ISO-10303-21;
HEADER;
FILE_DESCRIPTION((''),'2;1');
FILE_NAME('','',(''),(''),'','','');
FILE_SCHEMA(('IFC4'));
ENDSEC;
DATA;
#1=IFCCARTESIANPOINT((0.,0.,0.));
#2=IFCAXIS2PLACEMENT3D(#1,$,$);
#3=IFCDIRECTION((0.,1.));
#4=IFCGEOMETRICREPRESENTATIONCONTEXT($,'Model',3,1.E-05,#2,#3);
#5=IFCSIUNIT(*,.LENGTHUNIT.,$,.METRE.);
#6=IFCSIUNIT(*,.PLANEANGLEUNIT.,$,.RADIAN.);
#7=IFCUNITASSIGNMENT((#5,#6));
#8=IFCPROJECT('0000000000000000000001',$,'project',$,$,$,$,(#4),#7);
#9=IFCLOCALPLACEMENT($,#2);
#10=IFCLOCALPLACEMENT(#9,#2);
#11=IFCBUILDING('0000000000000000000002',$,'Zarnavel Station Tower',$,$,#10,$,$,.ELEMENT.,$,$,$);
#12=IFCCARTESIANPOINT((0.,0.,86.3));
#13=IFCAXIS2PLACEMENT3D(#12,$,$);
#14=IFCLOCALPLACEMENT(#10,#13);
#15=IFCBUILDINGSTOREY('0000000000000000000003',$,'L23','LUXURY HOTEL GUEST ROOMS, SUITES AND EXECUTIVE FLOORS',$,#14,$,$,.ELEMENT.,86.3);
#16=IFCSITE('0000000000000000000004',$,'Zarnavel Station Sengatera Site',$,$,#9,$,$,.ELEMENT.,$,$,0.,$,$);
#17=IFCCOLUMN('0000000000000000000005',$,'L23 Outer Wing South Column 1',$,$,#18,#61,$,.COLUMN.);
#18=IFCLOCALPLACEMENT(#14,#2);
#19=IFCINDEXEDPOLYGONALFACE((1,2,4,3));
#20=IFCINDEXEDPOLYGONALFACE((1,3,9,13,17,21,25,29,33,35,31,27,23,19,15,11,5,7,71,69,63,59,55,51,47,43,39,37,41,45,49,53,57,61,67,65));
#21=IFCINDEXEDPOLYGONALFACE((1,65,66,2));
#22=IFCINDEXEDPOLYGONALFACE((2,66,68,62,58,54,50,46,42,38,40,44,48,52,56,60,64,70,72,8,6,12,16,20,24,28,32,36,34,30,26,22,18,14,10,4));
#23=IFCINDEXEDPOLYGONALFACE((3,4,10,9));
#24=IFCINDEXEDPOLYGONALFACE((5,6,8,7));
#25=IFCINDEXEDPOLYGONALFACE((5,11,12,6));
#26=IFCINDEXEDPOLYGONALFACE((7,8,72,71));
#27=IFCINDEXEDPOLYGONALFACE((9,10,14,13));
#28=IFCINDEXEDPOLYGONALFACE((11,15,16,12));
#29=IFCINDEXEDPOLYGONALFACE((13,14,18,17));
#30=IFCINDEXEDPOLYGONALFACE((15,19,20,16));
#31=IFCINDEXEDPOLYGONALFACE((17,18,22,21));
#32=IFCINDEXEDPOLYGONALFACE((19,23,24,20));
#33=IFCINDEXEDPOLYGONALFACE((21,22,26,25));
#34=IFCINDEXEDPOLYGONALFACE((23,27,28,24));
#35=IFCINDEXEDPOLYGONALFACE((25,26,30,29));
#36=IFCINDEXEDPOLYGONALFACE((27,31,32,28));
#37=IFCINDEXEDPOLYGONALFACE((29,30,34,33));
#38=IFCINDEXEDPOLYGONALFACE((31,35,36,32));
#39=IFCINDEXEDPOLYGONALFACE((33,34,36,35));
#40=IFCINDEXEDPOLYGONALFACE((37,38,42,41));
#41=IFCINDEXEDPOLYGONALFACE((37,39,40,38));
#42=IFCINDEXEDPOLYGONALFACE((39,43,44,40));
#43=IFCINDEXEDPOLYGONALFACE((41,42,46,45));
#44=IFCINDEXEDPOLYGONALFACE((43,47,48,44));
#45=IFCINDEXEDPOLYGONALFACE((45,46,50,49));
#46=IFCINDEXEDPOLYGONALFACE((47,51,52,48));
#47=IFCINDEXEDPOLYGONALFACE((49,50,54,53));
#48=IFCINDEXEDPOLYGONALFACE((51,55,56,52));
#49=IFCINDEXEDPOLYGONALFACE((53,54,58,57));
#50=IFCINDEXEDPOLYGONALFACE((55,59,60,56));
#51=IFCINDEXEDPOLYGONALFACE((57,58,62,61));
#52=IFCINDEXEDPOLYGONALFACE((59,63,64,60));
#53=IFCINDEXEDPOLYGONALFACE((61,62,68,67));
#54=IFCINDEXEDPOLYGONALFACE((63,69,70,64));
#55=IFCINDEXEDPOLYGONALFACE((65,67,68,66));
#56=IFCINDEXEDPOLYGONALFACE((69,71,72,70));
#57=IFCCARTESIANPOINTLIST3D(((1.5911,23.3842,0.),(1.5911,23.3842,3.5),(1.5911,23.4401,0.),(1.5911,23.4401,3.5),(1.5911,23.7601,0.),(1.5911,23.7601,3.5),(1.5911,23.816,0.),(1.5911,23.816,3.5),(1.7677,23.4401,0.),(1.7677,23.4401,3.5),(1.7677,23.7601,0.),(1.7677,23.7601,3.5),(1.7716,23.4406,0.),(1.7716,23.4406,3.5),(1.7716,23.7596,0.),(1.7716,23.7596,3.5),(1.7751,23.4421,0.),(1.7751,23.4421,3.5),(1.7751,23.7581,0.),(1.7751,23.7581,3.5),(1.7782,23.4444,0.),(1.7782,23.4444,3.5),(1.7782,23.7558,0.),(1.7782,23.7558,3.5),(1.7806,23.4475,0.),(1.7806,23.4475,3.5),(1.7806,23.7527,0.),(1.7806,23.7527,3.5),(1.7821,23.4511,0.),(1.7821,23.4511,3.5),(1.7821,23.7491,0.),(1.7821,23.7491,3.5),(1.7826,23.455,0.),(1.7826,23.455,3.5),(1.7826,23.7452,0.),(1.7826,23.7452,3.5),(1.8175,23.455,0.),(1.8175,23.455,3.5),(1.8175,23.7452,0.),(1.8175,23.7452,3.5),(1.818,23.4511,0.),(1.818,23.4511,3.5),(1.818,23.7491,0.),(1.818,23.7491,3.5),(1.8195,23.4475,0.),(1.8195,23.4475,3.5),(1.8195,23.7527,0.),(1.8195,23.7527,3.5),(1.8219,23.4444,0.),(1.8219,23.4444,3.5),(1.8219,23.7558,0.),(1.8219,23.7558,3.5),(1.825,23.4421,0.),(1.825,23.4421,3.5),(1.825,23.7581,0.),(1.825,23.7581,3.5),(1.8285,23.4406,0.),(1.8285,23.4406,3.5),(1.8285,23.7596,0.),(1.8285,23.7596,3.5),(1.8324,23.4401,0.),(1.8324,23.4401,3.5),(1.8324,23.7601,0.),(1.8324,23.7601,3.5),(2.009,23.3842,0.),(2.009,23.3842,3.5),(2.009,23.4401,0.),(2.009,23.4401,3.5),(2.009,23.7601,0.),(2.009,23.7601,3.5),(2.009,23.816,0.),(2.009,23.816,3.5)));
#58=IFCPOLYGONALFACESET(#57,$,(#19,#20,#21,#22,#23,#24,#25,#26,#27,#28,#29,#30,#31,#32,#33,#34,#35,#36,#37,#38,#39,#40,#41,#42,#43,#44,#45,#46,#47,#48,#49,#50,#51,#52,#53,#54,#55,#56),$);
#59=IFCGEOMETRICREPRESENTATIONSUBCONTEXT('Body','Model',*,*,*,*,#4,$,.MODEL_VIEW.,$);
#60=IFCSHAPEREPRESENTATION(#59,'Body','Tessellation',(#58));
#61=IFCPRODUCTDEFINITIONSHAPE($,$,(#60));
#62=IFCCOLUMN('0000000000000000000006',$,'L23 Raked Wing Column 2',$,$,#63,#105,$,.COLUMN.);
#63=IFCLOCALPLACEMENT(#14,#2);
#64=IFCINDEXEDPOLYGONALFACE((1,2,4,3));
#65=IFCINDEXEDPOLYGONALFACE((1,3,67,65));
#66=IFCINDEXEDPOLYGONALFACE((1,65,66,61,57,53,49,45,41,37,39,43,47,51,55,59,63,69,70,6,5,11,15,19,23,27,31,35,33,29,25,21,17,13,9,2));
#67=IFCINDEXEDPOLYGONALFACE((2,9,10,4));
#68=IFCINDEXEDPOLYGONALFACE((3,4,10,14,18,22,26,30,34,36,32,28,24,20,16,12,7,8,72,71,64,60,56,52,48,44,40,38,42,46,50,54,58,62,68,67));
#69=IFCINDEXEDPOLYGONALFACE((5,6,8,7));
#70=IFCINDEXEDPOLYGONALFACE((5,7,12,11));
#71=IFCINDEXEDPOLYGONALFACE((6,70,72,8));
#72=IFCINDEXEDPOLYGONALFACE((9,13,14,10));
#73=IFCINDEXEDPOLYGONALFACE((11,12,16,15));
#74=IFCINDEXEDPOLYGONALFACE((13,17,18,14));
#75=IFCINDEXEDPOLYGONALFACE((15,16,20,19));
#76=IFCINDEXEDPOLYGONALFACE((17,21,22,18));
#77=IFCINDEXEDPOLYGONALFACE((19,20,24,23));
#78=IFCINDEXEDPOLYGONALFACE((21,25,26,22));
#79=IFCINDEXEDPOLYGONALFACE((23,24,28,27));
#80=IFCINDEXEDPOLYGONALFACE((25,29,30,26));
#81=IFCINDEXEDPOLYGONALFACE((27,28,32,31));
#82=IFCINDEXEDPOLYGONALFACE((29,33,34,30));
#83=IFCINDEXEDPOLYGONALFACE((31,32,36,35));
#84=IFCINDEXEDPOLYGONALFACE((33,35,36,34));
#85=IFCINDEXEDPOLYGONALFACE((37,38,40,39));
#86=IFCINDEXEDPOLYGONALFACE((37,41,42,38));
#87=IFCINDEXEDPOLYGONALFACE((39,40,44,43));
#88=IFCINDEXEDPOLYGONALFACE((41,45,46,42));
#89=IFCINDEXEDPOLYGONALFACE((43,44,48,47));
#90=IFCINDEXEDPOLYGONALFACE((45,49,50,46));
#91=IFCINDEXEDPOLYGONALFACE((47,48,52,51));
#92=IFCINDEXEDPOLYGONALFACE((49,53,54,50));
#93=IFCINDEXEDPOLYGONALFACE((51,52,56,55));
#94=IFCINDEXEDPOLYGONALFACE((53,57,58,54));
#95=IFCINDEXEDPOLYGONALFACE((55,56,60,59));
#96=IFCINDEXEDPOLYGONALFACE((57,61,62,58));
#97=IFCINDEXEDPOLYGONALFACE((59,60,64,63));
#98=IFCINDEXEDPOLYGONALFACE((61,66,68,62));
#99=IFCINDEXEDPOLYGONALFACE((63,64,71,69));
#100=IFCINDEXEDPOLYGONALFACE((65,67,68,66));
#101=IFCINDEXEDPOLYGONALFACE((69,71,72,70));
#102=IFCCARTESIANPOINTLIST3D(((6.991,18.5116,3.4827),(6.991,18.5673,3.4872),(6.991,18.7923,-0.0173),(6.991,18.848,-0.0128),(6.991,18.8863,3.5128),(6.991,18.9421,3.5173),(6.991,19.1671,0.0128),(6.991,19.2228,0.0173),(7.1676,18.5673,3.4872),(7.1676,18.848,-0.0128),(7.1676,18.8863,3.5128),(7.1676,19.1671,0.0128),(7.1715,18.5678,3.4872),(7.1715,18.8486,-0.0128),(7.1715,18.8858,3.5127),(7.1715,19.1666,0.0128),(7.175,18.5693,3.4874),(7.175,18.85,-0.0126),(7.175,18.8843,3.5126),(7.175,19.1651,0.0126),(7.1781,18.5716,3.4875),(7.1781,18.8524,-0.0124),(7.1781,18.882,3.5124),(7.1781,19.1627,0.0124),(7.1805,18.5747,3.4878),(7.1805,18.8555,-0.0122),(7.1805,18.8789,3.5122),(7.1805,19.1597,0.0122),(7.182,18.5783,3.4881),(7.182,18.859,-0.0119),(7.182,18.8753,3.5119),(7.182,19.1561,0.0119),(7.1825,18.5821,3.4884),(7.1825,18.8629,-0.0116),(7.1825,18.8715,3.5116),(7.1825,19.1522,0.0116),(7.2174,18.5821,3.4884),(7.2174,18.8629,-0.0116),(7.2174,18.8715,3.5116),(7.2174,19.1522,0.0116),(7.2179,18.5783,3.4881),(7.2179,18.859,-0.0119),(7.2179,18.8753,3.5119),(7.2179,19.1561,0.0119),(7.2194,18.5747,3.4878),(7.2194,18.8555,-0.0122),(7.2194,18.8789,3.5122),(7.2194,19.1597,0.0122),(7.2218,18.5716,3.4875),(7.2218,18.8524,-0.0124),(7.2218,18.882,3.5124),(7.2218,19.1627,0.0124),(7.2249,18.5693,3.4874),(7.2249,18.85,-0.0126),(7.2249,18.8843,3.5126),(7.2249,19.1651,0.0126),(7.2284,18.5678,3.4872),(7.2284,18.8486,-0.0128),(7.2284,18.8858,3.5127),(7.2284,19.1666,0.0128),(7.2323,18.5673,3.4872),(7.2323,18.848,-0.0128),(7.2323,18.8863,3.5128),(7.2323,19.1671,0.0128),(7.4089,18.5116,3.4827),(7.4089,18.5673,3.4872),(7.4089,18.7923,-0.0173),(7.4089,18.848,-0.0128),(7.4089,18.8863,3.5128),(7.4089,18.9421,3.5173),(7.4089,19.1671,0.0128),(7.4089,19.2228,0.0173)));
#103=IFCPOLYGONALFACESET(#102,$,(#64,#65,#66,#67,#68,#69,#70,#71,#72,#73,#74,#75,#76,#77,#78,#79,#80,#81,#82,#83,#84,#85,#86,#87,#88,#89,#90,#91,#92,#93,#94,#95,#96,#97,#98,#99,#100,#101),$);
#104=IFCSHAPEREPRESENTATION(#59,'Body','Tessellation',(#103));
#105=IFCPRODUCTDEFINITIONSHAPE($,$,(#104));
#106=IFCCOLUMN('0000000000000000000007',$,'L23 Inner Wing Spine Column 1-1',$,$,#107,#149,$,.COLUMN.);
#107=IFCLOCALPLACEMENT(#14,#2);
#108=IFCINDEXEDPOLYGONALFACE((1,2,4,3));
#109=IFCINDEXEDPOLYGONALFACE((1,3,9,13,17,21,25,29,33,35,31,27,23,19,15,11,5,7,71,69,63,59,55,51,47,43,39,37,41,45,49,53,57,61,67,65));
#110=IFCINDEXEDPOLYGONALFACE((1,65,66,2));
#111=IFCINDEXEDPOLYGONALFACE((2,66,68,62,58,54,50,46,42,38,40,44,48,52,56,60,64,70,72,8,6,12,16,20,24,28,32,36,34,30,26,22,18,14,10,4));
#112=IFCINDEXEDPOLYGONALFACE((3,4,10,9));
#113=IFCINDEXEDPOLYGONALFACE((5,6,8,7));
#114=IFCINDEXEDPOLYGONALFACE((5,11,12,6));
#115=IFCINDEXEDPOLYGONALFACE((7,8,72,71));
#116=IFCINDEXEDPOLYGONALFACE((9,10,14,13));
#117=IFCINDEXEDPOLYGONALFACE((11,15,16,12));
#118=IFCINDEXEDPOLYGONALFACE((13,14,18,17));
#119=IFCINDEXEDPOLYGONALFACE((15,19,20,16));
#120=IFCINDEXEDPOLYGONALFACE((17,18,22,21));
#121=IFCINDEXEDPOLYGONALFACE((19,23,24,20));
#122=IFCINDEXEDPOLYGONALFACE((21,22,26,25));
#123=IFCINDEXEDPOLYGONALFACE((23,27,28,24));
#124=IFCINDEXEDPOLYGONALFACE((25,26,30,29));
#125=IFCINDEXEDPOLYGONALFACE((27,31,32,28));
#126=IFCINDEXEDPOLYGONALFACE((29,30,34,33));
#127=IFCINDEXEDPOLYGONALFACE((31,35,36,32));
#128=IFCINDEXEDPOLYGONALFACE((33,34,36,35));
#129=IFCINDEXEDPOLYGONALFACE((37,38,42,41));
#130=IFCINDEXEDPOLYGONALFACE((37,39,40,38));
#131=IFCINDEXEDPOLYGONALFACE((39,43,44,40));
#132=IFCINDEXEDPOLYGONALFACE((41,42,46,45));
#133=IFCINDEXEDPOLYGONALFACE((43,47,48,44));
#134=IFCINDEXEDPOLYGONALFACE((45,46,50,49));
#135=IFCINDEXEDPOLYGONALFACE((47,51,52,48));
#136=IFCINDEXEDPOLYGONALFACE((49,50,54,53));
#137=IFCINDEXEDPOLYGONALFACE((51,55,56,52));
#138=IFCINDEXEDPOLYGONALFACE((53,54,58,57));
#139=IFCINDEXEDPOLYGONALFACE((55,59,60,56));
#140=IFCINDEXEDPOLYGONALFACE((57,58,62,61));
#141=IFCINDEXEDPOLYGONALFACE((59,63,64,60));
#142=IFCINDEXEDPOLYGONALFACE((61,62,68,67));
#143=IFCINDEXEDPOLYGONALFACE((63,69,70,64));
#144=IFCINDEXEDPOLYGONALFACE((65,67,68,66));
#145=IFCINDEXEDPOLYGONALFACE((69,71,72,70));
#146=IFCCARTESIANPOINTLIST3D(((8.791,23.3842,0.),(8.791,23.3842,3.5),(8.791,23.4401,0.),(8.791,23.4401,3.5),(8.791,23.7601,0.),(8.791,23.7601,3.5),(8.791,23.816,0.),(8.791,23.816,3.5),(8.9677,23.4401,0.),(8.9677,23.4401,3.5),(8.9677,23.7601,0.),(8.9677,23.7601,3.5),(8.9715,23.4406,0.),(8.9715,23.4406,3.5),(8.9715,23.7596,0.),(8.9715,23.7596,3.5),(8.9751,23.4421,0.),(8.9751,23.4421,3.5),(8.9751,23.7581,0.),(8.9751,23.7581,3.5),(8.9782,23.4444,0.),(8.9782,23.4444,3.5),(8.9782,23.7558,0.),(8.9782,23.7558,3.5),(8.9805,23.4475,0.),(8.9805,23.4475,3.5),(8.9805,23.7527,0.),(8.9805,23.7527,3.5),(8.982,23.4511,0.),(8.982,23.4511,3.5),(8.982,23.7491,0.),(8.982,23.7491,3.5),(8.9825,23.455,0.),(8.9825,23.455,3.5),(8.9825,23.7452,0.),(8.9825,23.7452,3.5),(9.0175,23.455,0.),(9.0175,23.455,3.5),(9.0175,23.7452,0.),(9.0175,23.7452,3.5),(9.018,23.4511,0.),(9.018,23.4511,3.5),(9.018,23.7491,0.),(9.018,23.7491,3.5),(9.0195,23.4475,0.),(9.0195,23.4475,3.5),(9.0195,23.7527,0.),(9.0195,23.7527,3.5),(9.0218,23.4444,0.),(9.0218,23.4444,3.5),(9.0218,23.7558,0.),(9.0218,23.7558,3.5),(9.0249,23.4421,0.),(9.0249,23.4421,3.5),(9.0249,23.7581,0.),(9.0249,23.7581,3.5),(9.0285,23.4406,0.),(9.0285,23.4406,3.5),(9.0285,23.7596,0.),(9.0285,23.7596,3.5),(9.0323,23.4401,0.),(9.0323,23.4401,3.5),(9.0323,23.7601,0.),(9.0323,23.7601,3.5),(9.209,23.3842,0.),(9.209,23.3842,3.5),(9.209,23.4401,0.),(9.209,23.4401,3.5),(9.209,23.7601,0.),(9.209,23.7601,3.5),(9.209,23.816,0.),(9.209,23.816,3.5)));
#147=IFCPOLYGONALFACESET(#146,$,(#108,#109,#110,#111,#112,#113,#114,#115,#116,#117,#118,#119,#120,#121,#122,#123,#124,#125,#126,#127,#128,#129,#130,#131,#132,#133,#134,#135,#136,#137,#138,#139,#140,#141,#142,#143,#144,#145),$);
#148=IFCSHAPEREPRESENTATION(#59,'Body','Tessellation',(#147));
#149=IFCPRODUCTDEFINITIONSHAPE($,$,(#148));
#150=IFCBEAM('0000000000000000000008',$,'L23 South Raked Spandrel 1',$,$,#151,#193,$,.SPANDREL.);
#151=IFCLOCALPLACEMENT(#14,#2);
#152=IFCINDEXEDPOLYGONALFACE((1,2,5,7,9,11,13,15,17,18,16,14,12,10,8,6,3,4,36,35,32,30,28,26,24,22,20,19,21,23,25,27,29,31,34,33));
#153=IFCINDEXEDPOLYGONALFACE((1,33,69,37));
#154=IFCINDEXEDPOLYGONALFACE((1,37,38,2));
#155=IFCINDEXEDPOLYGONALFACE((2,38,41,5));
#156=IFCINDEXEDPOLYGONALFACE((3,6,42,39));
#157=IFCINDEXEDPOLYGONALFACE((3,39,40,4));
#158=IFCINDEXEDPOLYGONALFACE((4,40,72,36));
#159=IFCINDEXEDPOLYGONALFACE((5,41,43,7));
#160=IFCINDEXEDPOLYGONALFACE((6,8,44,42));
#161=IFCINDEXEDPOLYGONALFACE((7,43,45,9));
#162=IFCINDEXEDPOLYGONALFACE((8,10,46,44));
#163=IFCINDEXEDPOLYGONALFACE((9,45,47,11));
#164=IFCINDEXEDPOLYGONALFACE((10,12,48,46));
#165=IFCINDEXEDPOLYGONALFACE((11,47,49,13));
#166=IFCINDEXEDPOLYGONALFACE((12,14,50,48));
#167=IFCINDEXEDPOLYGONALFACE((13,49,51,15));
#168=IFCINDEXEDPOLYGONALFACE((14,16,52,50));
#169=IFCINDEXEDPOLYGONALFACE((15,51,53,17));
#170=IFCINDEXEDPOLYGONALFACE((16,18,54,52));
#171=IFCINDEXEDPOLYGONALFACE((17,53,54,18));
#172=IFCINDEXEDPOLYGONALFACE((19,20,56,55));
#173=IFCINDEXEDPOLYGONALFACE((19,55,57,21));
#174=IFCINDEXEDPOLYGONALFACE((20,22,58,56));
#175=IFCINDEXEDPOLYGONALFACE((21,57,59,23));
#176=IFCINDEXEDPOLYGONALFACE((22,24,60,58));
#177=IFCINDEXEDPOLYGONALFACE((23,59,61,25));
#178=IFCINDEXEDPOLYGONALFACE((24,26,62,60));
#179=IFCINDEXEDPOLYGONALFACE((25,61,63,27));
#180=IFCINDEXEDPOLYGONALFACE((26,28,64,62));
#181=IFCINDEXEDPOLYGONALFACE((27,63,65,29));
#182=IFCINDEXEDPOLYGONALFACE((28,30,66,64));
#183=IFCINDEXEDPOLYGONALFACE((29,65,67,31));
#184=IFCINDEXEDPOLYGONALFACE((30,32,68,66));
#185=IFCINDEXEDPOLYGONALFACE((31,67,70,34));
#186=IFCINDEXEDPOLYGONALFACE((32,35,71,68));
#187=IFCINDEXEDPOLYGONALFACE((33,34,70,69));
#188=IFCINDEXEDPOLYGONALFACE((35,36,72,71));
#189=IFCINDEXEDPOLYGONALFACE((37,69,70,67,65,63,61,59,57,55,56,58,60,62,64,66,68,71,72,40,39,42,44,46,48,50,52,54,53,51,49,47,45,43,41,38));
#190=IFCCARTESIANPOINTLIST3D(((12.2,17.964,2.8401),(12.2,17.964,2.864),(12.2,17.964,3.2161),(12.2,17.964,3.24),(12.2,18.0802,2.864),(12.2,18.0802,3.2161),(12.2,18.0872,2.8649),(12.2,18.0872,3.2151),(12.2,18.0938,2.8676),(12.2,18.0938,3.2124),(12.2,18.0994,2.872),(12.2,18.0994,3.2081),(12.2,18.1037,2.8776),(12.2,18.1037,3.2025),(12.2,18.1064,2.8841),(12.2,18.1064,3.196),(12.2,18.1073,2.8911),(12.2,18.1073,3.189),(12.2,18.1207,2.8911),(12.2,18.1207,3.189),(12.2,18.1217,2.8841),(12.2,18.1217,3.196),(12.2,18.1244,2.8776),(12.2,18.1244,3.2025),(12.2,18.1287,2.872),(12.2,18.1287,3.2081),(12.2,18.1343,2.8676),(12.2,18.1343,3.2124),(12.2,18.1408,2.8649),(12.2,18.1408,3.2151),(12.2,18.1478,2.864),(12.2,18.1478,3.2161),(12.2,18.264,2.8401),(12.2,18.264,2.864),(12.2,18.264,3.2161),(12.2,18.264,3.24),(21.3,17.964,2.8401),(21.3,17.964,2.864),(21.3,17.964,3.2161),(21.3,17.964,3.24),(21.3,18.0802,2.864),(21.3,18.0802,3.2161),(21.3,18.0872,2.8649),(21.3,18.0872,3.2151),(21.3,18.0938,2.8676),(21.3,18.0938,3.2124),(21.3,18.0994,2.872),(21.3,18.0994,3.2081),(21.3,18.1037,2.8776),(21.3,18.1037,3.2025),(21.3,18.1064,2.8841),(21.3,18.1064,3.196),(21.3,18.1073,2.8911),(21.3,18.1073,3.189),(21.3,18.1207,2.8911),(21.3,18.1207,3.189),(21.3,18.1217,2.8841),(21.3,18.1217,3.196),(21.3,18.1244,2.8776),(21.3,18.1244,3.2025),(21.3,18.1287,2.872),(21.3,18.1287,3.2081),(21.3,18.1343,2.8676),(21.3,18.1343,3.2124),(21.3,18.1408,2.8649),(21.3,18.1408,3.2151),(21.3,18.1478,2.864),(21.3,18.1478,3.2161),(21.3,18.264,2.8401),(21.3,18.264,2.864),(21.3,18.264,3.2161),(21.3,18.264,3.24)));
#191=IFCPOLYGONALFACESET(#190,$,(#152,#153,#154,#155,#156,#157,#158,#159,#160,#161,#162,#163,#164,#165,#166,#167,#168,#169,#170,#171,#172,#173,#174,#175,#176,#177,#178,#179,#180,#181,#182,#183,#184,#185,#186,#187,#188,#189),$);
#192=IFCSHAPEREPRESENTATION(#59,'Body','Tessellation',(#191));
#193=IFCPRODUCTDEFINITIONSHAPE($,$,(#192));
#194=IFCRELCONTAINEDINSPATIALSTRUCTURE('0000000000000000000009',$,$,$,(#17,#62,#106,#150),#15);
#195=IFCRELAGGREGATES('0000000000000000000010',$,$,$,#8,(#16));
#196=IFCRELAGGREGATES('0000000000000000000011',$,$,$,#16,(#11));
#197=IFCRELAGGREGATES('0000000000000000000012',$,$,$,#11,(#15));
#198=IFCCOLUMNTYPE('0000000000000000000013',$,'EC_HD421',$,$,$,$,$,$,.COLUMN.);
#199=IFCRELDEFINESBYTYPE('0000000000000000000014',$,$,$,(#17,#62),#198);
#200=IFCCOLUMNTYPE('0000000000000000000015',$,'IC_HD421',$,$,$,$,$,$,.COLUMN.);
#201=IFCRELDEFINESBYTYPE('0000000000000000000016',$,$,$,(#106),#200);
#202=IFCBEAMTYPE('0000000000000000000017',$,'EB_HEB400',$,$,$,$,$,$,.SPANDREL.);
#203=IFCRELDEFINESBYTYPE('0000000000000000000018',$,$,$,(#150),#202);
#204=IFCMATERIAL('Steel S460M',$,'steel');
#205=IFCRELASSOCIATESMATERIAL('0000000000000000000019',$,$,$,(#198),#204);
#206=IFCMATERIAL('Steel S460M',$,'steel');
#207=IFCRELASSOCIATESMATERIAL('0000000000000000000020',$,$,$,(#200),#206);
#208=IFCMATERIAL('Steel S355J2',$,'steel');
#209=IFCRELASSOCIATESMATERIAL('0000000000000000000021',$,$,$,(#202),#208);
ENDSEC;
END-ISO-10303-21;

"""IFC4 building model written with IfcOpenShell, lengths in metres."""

from ifc_helpers import new_model, si_unit, direction, frame, origin, origin_2d, place, context, subcontext, project, spatial, i_section, extrude, material, material_profile, profile_set, type_object, element, save


model = new_model("IFC4")

# Units and contexts
model_context = context("Model", 3, precision=1e-05, world=origin(), true_north=direction((0.0, 1.0)))
body_context = subcontext(model_context, "Body", "Model", "MODEL_VIEW")
ifc_project = project(units=[si_unit("LENGTHUNIT", "METRE"), si_unit("PLANEANGLEUNIT", "RADIAN")], contexts=[model_context])

# Site, building, storey
site_placement = place(None, origin())
site = spatial("IfcSite", under=ifc_project, at=site_placement, Name="Zarnavel Station Sengatera Site", CompositionType="ELEMENT", RefElevation=0.0)
building_placement = place(site_placement, origin())
building = spatial("IfcBuilding", under=site, at=building_placement, Name="Zarnavel Station Tower", CompositionType="ELEMENT")
storey_placement = place(building_placement, frame((0.0, 0.0, 86.3)))
storey = spatial("IfcBuildingStorey", under=building, at=storey_placement, Name="L23", Description="LUXURY HOTEL GUEST ROOMS, SUITES AND EXECUTIVE FLOORS", CompositionType="ELEMENT", Elevation=86.3)

# Columns
ifc_material_1 = material(Name="Steel S460M", Category="steel")
ifc_material_profile_1 = material_profile(ifc_material_1, i_section(OverallWidth=0.418, OverallDepth=0.4319, WebThickness=0.0349, FlangeThickness=0.0559, FilletRadius=0.0149, at=origin_2d()), Name="HD400x421")
ifc_profile_set_1 = profile_set([ifc_material_profile_1], Name="Steel S460M")
column_type_1 = type_object("IfcColumnType", Name="EC_HD421", PredefinedType="COLUMN", material=ifc_profile_set_1)
column_1_placement = place(storey_placement, frame((1.8, 23.6001, 0.0), z_axis=(0.0, 0.0, 1.0), x_axis=(1.0, 0.0, 0.0)))
element("IfcColumn", 1, at=column_1_placement, inside=storey, type_object=column_type_1, Name="L23 Outer Wing South Column 1", PredefinedType="COLUMN", context=body_context, shape_type="SweptSolid", body=[
    extrude(i_section(OverallWidth=0.418, OverallDepth=0.4319, WebThickness=0.0349, FlangeThickness=0.0559, FilletRadius=0.0149, at=origin_2d()), origin(), (0.0, 0.0, 1.0), 3.5),
])
column_2_placement = place(storey_placement, frame((7.2, 19.0076, 0.0), z_axis=(0.0, -0.079961, 0.996798), x_axis=(1.0, 0.0, 0.0)))
element("IfcColumn", 2, at=column_2_placement, inside=storey, type_object=column_type_1, Name="L23 Raked Wing Column 2", PredefinedType="COLUMN", context=body_context, shape_type="SweptSolid", body=[
    extrude(i_section(OverallWidth=0.418, OverallDepth=0.4319, WebThickness=0.0349, FlangeThickness=0.0559, FilletRadius=0.0149, at=origin_2d()), origin(), (0.0, 0.0, 1.0), 3.5112),
])
ifc_material_2 = material(Name="Steel S460M", Category="steel")
ifc_material_profile_2 = material_profile(ifc_material_2, i_section(OverallWidth=0.418, OverallDepth=0.4319, WebThickness=0.0349, FlangeThickness=0.0559, FilletRadius=0.0149, at=origin_2d()), Name="HD400x421")
ifc_profile_set_2 = profile_set([ifc_material_profile_2], Name="Steel S460M")
column_type_2 = type_object("IfcColumnType", Name="IC_HD421", PredefinedType="COLUMN", material=ifc_profile_set_2)
column_3_placement = place(storey_placement, frame((9.0, 23.6001, 0.0), z_axis=(0.0, 0.0, 1.0), x_axis=(1.0, 0.0, 0.0)))
element("IfcColumn", 3, at=column_3_placement, inside=storey, type_object=column_type_2, Name="L23 Inner Wing Spine Column 1-1", PredefinedType="COLUMN", context=body_context, shape_type="SweptSolid", body=[
    extrude(i_section(OverallWidth=0.418, OverallDepth=0.4319, WebThickness=0.0349, FlangeThickness=0.0559, FilletRadius=0.0149, at=origin_2d()), origin(), (0.0, 0.0, 1.0), 3.5),
])

# Beam
ifc_material_3 = material(Name="Steel S355J2", Category="steel")
ifc_material_profile_3 = material_profile(ifc_material_3, i_section(OverallWidth=0.3, OverallDepth=0.3999, WebThickness=0.0134, FlangeThickness=0.0239, FilletRadius=0.0271, at=origin_2d()), Name="HEB400")
ifc_profile_set_3 = profile_set([ifc_material_profile_3], Name="Steel S355J2")
beam_type_1 = type_object("IfcBeamType", Name="EB_HEB400", PredefinedType="SPANDREL", material=ifc_profile_set_3)
beam_1_placement = place(storey_placement, frame((12.2, 18.114, 3.04), z_axis=(1.0, 0.0, 0.0), x_axis=(0.0, 1.0, 0.0)))
element("IfcBeam", 4, at=beam_1_placement, inside=storey, type_object=beam_type_1, Name="L23 South Raked Spandrel 1", PredefinedType="SPANDREL", context=body_context, shape_type="SweptSolid", body=[
    extrude(i_section(OverallWidth=0.3, OverallDepth=0.3999, WebThickness=0.0134, FlangeThickness=0.0239, FilletRadius=0.0271, at=origin_2d()), origin(), (0.0, 0.0, 1.0), 9.1001),
])

save(model, "model.ifc")
